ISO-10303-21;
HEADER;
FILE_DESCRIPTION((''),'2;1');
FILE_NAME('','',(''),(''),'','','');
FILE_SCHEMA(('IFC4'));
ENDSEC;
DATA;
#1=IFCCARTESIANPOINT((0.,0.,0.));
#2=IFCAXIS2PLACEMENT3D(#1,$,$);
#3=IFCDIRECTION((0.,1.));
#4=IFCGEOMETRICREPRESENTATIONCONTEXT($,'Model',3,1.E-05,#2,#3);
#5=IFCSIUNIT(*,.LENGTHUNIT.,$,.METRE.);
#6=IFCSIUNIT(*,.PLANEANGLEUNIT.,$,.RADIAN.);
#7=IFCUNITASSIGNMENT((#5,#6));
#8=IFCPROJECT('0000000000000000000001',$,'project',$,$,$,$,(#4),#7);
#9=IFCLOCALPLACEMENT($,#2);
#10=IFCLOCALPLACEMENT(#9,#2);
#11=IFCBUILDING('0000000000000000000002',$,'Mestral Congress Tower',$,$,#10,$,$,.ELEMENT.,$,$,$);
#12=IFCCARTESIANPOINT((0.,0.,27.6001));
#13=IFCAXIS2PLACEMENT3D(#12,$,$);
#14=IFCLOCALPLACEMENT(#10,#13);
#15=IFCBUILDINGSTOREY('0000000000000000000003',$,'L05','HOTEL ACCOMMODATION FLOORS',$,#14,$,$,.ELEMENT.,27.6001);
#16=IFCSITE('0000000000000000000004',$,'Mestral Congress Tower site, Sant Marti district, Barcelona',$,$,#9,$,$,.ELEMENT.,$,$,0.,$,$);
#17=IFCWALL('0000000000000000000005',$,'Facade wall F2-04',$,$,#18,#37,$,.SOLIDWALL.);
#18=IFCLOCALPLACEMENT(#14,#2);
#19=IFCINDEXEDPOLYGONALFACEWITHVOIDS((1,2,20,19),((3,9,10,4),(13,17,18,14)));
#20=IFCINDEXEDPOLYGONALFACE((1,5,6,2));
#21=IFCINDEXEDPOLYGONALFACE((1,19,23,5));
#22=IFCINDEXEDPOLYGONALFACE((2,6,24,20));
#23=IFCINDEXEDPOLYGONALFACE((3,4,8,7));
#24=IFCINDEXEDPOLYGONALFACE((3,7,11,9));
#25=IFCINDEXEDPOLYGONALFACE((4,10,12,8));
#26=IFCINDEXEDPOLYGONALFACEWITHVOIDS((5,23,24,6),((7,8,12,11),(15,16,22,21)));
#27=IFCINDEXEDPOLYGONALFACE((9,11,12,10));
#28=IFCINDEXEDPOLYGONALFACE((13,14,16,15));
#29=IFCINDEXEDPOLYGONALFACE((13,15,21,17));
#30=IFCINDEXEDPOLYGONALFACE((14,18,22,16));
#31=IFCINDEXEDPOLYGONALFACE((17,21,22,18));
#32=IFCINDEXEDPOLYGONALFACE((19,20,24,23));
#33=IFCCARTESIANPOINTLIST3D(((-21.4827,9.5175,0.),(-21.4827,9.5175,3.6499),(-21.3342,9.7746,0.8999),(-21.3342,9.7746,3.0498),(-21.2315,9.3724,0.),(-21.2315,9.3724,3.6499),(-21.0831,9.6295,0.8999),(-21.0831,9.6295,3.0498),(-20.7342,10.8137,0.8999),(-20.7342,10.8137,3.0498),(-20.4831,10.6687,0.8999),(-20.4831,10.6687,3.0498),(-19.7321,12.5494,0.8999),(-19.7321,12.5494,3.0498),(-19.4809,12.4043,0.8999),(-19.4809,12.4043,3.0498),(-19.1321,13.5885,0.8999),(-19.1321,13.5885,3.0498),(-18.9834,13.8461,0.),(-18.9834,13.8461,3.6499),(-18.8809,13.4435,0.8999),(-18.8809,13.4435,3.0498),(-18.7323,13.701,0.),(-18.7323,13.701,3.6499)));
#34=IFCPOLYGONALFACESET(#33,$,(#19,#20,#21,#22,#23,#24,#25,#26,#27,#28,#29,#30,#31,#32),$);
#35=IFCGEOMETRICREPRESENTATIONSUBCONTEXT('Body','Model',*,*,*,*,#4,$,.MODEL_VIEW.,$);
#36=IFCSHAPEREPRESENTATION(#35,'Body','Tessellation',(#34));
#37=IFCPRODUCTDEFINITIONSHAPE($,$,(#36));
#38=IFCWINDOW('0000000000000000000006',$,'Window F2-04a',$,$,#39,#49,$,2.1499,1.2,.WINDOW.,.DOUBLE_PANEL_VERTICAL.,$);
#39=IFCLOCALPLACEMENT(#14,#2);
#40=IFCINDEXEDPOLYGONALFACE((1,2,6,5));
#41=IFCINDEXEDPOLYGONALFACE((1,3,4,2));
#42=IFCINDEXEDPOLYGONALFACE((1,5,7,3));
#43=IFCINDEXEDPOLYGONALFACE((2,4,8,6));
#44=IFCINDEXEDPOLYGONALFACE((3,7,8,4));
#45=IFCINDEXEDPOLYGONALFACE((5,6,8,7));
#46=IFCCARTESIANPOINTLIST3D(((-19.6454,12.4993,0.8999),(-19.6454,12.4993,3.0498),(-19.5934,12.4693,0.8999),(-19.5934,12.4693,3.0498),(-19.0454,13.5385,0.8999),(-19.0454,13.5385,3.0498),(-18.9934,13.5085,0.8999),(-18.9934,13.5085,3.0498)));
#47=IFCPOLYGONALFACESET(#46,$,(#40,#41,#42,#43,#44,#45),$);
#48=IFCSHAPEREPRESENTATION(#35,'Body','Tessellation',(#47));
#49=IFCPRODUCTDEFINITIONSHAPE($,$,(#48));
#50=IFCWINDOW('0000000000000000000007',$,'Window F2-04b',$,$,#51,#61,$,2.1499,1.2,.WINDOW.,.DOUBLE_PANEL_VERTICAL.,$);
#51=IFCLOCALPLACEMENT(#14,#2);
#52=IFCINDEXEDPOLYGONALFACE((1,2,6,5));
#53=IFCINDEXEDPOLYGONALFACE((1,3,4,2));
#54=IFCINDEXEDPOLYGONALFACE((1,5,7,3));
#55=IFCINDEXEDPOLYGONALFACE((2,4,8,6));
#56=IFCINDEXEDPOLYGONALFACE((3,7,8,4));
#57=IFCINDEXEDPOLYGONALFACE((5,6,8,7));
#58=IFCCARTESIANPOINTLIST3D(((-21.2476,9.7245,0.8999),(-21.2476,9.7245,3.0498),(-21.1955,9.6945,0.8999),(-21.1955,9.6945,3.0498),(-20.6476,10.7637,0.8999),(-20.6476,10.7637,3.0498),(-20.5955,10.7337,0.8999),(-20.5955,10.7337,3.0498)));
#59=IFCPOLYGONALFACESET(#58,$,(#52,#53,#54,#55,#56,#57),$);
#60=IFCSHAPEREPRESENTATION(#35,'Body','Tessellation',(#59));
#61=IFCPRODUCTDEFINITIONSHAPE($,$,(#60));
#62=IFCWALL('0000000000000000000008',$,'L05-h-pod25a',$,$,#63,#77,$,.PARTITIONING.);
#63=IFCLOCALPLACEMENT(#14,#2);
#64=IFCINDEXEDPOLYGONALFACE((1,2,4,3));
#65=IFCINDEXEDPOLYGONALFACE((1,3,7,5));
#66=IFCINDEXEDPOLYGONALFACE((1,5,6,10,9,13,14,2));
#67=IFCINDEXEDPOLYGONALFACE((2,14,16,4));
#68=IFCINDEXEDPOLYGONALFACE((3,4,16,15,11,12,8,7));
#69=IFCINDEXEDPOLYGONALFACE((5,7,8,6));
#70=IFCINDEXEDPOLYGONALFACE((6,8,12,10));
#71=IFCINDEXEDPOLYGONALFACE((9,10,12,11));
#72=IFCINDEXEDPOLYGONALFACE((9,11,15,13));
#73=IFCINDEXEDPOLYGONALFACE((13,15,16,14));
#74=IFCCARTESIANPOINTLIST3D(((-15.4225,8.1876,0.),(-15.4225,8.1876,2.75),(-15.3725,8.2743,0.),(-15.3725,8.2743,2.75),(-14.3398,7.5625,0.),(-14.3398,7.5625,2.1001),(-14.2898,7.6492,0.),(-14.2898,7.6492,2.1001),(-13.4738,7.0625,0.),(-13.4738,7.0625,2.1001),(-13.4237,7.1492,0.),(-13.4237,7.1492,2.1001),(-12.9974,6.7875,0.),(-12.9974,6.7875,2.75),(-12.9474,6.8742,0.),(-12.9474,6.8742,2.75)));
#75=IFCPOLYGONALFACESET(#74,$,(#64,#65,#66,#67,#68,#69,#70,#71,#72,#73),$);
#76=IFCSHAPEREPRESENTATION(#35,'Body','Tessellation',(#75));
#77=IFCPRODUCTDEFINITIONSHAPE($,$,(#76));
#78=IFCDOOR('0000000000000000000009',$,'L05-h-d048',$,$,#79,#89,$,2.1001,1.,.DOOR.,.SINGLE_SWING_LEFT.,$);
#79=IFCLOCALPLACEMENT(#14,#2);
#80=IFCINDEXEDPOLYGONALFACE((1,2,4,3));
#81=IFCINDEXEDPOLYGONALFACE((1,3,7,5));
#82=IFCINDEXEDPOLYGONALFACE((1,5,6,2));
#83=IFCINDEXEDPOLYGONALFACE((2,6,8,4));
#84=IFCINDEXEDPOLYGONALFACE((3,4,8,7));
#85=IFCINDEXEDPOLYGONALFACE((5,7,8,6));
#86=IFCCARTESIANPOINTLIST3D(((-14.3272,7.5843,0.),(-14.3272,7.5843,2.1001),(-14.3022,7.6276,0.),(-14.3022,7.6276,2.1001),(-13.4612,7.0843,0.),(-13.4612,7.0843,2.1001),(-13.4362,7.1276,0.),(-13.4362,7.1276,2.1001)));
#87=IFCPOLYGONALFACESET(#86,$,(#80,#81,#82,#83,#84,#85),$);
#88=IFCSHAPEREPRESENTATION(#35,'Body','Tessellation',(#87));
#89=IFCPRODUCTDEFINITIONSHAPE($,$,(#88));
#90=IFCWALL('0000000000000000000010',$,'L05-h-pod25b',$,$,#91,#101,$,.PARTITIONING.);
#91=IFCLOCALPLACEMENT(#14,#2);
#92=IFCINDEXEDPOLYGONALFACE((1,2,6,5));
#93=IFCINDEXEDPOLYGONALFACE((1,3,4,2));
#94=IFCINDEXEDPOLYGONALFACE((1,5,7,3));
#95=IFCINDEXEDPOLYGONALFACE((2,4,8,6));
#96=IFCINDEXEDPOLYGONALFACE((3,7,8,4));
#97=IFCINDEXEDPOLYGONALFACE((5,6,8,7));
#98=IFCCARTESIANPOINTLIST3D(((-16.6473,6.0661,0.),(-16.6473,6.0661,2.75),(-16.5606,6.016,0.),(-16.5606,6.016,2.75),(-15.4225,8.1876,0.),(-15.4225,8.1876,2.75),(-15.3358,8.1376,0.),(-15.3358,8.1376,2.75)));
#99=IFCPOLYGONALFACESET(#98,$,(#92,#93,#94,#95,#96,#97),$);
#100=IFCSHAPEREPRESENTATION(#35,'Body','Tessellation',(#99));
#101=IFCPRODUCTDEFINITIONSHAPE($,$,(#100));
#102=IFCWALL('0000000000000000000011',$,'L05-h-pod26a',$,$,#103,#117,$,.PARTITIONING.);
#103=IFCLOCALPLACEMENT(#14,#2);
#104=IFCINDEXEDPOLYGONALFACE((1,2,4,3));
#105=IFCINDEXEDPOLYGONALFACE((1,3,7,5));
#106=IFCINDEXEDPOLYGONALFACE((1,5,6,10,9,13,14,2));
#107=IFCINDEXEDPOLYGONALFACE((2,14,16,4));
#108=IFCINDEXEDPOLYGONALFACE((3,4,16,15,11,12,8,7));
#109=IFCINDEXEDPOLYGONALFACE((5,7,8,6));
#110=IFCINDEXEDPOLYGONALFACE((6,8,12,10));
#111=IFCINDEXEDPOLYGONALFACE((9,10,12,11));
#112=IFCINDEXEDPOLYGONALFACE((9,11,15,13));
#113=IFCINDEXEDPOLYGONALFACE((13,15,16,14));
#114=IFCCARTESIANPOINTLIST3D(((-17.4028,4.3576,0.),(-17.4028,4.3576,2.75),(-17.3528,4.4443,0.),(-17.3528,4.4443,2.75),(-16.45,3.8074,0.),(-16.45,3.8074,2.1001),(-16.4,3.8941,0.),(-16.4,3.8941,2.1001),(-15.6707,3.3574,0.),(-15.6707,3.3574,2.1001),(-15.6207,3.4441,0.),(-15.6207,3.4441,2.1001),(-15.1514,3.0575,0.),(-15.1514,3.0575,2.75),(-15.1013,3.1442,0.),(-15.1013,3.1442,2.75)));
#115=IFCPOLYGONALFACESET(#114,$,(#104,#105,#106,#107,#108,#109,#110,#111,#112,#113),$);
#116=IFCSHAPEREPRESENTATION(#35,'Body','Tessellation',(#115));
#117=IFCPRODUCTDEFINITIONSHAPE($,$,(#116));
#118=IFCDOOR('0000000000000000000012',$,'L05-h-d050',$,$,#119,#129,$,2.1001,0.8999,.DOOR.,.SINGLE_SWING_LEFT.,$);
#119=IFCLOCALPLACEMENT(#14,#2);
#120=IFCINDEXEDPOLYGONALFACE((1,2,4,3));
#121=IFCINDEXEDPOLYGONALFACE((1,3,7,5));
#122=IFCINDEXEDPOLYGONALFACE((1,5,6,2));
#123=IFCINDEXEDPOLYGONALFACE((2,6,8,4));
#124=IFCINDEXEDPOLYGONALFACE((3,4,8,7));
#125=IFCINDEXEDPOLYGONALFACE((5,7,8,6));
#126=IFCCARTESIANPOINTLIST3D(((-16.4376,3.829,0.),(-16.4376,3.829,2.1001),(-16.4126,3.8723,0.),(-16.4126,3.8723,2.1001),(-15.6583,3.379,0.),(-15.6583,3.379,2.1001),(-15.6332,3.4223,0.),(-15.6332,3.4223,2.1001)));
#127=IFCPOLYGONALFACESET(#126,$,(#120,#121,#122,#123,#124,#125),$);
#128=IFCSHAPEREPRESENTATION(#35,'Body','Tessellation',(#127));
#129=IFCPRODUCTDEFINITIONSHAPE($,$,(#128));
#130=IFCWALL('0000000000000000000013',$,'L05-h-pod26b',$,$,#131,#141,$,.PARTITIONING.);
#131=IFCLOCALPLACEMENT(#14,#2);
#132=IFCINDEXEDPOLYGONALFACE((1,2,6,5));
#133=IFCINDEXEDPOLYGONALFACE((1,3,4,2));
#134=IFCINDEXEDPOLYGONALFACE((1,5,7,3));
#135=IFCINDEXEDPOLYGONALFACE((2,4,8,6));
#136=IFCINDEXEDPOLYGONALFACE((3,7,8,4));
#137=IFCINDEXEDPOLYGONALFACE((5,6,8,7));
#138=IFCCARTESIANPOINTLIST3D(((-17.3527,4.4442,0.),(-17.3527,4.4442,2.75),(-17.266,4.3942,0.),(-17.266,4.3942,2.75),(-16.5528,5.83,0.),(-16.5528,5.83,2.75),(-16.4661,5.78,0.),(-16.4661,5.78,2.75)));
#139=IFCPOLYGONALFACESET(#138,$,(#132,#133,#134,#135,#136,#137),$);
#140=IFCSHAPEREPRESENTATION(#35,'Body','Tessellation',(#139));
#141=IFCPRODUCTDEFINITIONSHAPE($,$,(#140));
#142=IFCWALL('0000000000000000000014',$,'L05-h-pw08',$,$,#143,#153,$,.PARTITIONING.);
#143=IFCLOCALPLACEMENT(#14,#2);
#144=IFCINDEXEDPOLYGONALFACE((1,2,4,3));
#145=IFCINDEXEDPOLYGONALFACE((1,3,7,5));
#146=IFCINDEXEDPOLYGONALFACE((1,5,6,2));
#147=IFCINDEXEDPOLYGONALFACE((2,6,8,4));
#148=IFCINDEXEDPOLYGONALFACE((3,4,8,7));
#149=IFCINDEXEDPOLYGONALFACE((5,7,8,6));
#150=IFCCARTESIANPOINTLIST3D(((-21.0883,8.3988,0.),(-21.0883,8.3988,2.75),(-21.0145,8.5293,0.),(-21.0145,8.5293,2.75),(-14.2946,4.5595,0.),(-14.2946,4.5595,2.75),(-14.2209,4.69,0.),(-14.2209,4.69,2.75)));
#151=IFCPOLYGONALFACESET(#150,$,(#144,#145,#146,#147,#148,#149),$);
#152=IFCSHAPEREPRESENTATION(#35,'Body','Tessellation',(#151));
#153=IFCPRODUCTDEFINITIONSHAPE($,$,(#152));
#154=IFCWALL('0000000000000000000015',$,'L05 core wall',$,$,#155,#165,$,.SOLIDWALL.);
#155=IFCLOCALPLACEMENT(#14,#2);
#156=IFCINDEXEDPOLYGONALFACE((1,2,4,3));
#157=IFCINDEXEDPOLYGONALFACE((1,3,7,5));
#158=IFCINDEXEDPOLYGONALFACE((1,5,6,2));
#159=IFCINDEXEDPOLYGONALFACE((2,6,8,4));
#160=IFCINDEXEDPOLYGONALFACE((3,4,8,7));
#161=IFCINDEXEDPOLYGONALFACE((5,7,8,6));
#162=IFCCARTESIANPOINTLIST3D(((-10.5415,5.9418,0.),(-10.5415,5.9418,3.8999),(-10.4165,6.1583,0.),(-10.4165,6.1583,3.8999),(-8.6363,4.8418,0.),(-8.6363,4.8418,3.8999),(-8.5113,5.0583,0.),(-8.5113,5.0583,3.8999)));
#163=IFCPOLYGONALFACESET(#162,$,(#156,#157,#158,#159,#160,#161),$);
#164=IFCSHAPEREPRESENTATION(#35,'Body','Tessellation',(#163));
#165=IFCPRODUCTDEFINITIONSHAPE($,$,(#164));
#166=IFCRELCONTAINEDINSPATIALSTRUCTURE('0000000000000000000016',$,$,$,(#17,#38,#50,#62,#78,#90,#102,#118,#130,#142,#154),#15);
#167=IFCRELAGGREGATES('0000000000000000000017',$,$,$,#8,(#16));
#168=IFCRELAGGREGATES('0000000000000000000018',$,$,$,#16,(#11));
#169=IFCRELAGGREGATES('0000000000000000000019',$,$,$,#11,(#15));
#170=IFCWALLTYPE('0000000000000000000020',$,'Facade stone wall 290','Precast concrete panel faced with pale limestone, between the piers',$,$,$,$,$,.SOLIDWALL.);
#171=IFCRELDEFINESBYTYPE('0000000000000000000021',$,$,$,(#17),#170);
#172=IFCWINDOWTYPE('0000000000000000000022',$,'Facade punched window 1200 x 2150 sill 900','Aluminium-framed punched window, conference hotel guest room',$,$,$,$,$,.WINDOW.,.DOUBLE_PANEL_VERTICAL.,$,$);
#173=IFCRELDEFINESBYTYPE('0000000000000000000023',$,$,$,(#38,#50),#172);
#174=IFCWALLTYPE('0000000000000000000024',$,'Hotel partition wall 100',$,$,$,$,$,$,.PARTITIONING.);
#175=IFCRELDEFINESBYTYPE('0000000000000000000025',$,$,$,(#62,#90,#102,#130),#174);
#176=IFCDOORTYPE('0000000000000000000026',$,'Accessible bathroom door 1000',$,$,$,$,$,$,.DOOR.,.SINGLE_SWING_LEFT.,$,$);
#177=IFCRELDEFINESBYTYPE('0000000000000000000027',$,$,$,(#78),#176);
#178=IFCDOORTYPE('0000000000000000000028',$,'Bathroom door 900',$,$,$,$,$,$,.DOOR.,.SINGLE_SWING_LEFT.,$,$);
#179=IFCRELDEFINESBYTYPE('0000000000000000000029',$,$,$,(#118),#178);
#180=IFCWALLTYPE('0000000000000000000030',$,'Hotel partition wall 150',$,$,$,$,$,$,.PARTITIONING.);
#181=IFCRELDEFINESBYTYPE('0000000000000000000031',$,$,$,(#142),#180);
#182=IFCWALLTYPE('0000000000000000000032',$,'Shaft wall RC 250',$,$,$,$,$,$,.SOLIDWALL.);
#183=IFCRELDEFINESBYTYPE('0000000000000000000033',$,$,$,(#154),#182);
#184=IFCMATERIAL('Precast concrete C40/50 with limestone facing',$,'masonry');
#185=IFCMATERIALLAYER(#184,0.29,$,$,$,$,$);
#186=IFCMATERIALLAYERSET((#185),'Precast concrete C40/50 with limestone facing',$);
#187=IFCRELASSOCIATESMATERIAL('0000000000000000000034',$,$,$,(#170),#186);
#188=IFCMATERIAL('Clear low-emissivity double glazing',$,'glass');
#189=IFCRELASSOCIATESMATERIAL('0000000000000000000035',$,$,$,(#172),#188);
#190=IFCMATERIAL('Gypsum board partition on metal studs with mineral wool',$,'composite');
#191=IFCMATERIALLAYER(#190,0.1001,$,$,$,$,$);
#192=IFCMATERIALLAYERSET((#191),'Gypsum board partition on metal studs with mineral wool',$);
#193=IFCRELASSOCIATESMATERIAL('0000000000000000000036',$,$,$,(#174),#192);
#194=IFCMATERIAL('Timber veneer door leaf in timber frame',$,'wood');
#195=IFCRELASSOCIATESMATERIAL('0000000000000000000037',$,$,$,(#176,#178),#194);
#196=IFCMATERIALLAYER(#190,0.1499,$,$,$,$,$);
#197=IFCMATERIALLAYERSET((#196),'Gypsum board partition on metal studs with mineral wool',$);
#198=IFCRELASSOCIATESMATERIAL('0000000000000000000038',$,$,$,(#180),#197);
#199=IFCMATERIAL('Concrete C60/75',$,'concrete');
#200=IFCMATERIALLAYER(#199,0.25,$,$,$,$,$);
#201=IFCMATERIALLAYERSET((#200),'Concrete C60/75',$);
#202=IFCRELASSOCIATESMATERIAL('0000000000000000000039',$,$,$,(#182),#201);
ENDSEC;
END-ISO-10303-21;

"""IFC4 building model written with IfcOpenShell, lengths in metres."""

from ifc_helpers import new_model, si_unit, direction, frame, frame_2d, origin, place, context, subcontext, project, spatial, rectangle, extrude, material, layer, layer_set, type_object, element, fill, save


model = new_model("IFC4")

# Units and contexts
model_context = context("Model", 3, precision=1e-05, world=origin(), true_north=direction((0.0, 1.0)))
body_context = subcontext(model_context, "Body", "Model", "MODEL_VIEW")
ifc_project = project(units=[si_unit("LENGTHUNIT", "METRE"), si_unit("PLANEANGLEUNIT", "RADIAN")], contexts=[model_context])

# Site, building, storey
site_placement = place(None, origin())
site = spatial("IfcSite", under=ifc_project, at=site_placement, Name="Mestral Congress Tower site, Sant Marti district, Barcelona", CompositionType="ELEMENT", RefElevation=0.0)
building_placement = place(site_placement, origin())
building = spatial("IfcBuilding", under=site, at=building_placement, Name="Mestral Congress Tower", CompositionType="ELEMENT")
storey_placement = place(building_placement, frame((0.0, 0.0, 27.6001)))
storey = spatial("IfcBuildingStorey", under=building, at=storey_placement, Name="L05", Description="HOTEL ACCOMMODATION FLOORS", CompositionType="ELEMENT", Elevation=27.6001)

# Shared definitions
ifc_material_1 = material(Name="Concrete C60/75", Category="concrete")

# Wall, openings, windows
ifc_material_2 = material(Name="Precast concrete C40/50 with limestone facing", Category="masonry")
ifc_layer_1 = layer(ifc_material_2, 0.29)
ifc_layer_set_1 = layer_set([ifc_layer_1], Name="Precast concrete C40/50 with limestone facing")
wall_type_1 = type_object("IfcWallType", Name="Facade stone wall 290", Description="Precast concrete panel faced with pale limestone, between the piers", PredefinedType="SOLIDWALL", material=ifc_layer_set_1)
wall_1_placement = place(storey_placement, frame((-18.8579, 13.7734, 0.0), z_axis=(0.0, 0.0, 1.0), x_axis=(-0.500021, -0.866013, 0.0)))
wall_1 = element("IfcWall", 1, at=wall_1_placement, inside=storey, type_object=wall_type_1, Name="Facade wall F2-04", PredefinedType="SOLIDWALL", context=body_context, shape_type="SweptSolid", body=[
    extrude(rectangle(XDim=4.9983, YDim=0.29, at=frame_2d((2.499, 0.0))), origin(), (0.0, 0.0, 1.0), 3.6499),
])
opening_1_placement = place(wall_1_placement, frame((0.2971, 0.0, 0.8999)))
opening_1 = element("IfcOpeningElement", 2, at=opening_1_placement, cuts=wall_1, PredefinedType="OPENING", context=body_context, shape_type="SweptSolid", body=[
    extrude(rectangle(XDim=1.2, YDim=2.1499, at=frame_2d((0.6001, 1.075))), frame((0.0, 0.155, 0.0), z_axis=(0.0, -1.0, 0.0), x_axis=(1.0, 0.0, 0.0)), (0.0, 0.0, 1.0), 0.3101),
])
opening_2_placement = place(wall_1_placement, frame((3.5012, 0.0, 0.8999)))
opening_2 = element("IfcOpeningElement", 3, at=opening_2_placement, cuts=wall_1, PredefinedType="OPENING", context=body_context, shape_type="SweptSolid", body=[
    extrude(rectangle(XDim=1.2, YDim=2.1499, at=frame_2d((0.6001, 1.075))), frame((0.0, 0.155, 0.0), z_axis=(0.0, -1.0, 0.0), x_axis=(1.0, 0.0, 0.0)), (0.0, 0.0, 1.0), 0.3101),
])
ifc_material_3 = material(Name="Clear low-emissivity double glazing", Category="glass")
window_type = type_object("IfcWindowType", Name="Facade punched window 1200 x 2150 sill 900", Description="Aluminium-framed punched window, conference hotel guest room", PartitioningType="DOUBLE_PANEL_VERTICAL", PredefinedType="WINDOW", material=ifc_material_3)
window_1_placement = place(opening_1_placement, origin())
window_1 = element("IfcWindow", 4, at=window_1_placement, inside=storey, type_object=window_type, Name="Window F2-04a", OverallHeight=2.1499, OverallWidth=1.2, PartitioningType="DOUBLE_PANEL_VERTICAL", PredefinedType="WINDOW", context=body_context, shape_type="SweptSolid", body=[
    extrude(rectangle(XDim=1.2, YDim=2.1499, at=frame_2d((0.6001, 1.075))), frame((0.0, 0.0151, 0.0), z_axis=(0.0, -1.0, 0.0), x_axis=(1.0, 0.0, 0.0)), (0.0, 0.0, 1.0), 0.0601),
])
fill(opening_1, window_1)
window_2_placement = place(opening_2_placement, origin())
window_2 = element("IfcWindow", 5, at=window_2_placement, inside=storey, type_object=window_type, Name="Window F2-04b", OverallHeight=2.1499, OverallWidth=1.2, PartitioningType="DOUBLE_PANEL_VERTICAL", PredefinedType="WINDOW", context=body_context, shape_type="SweptSolid", body=[
    extrude(rectangle(XDim=1.2, YDim=2.1499, at=frame_2d((0.6001, 1.075))), frame((0.0, 0.0151, 0.0), z_axis=(0.0, -1.0, 0.0), x_axis=(1.0, 0.0, 0.0)), (0.0, 0.0, 1.0), 0.0601),
])
fill(opening_2, window_2)

# Wall, opening, door
ifc_material_4 = material(Name="Gypsum board partition on metal studs with mineral wool", Category="composite")
ifc_layer_2 = layer(ifc_material_4, 0.1001)
ifc_layer_set_2 = layer_set([ifc_layer_2], Name="Gypsum board partition on metal studs with mineral wool")
wall_type_2 = type_object("IfcWallType", Name="Hotel partition wall 100", PredefinedType="PARTITIONING", material=ifc_layer_set_2)
wall_2_placement = place(storey_placement, frame((-12.9724, 6.8308, 0.0), z_axis=(0.0, 0.0, 1.0), x_axis=(-0.866019, 0.500012, 0.0)))
wall_2 = element("IfcWall", 6, at=wall_2_placement, inside=storey, type_object=wall_type_2, Name="L05-h-pod25a", PredefinedType="PARTITIONING", context=body_context, shape_type="SweptSolid", body=[
    extrude(rectangle(XDim=2.8003, YDim=0.1001, at=frame_2d((1.4001, 0.0))), origin(), (0.0, 0.0, 1.0), 2.75),
])
opening_3_placement = place(wall_2_placement, frame((0.55, 0.0, 0.0)))
opening_3 = element("IfcOpeningElement", 7, at=opening_3_placement, cuts=wall_2, PredefinedType="OPENING", context=body_context, shape_type="SweptSolid", body=[
    extrude(rectangle(XDim=1.0, YDim=2.1001, at=frame_2d((0.5, 1.05))), frame((0.0, 0.0601, 0.0), z_axis=(0.0, -1.0, 0.0), x_axis=(1.0, 0.0, 0.0)), (0.0, 0.0, 1.0), 0.1201),
])
ifc_material_5 = material(Name="Timber veneer door leaf in timber frame", Category="wood")
door_type_1 = type_object("IfcDoorType", Name="Accessible bathroom door 1000", OperationType="SINGLE_SWING_LEFT", PredefinedType="DOOR", material=ifc_material_5)
door_1_placement = place(opening_3_placement, origin())
door_1 = element("IfcDoor", 8, at=door_1_placement, inside=storey, type_object=door_type_1, Name="L05-h-d048", OperationType="SINGLE_SWING_LEFT", OverallHeight=2.1001, OverallWidth=1.0, PredefinedType="DOOR", context=body_context, shape_type="SweptSolid", body=[
    extrude(rectangle(XDim=1.0, YDim=2.1001, at=frame_2d((0.5, 1.05))), frame((0.0, 0.0249, 0.0), z_axis=(0.0, -1.0, 0.0), x_axis=(1.0, 0.0, 0.0)), (0.0, 0.0, 1.0), 0.05),
])
fill(opening_3, door_1)

# Wall
wall_3_placement = place(storey_placement, frame((-15.3792, 8.1626, 0.0), z_axis=(0.0, 0.0, 1.0), x_axis=(-0.499987, -0.866033, 0.0)))
element("IfcWall", 9, at=wall_3_placement, inside=storey, type_object=wall_type_2, Name="L05-h-pod25b", PredefinedType="PARTITIONING", context=body_context, shape_type="SweptSolid", body=[
    extrude(rectangle(XDim=2.4497, YDim=0.1001, at=frame_2d((1.2249, 0.0))), origin(), (0.0, 0.0, 1.0), 2.75),
])

# Wall, opening, door
wall_4_placement = place(storey_placement, frame((-17.3777, 4.4009, 0.0), z_axis=(0.0, 0.0, 1.0), x_axis=(0.865998, -0.500048, 0.0)))
wall_4 = element("IfcWall", 10, at=wall_4_placement, inside=storey, type_object=wall_type_2, Name="L05-h-pod26a", PredefinedType="PARTITIONING", context=body_context, shape_type="SweptSolid", body=[
    extrude(rectangle(XDim=2.5999, YDim=0.1001, at=frame_2d((1.2998, 0.0))), origin(), (0.0, 0.0, 1.0), 2.75),
])
opening_4_placement = place(wall_4_placement, frame((1.1001, 0.0, 0.0)))
opening_4 = element("IfcOpeningElement", 11, at=opening_4_placement, cuts=wall_4, PredefinedType="OPENING", context=body_context, shape_type="SweptSolid", body=[
    extrude(rectangle(XDim=0.8999, YDim=2.1001, at=frame_2d((0.45, 1.05))), frame((0.0, 0.0601, 0.0), z_axis=(0.0, -1.0, 0.0), x_axis=(1.0, 0.0, 0.0)), (0.0, 0.0, 1.0), 0.1201),
])
door_type_2 = type_object("IfcDoorType", Name="Bathroom door 900", OperationType="SINGLE_SWING_LEFT", PredefinedType="DOOR", material=ifc_material_5)
door_2_placement = place(opening_4_placement, origin())
door_2 = element("IfcDoor", 12, at=door_2_placement, inside=storey, type_object=door_type_2, Name="L05-h-d050", OperationType="SINGLE_SWING_LEFT", OverallHeight=2.1001, OverallWidth=0.8999, PredefinedType="DOOR", context=body_context, shape_type="SweptSolid", body=[
    extrude(rectangle(XDim=0.8999, YDim=2.1001, at=frame_2d((0.45, 1.05))), frame((0.0, 0.0249, 0.0), z_axis=(0.0, -1.0, 0.0), x_axis=(1.0, 0.0, 0.0)), (0.0, 0.0, 1.0), 0.05),
])
fill(opening_4, door_2)

# Walls
wall_5_placement = place(storey_placement, frame((-17.3093, 4.4192, 0.0), z_axis=(0.0, 0.0, 1.0), x_axis=(0.499881, 0.866094, 0.0)))
element("IfcWall", 13, at=wall_5_placement, inside=storey, type_object=wall_type_2, Name="L05-h-pod26b", PredefinedType="PARTITIONING", context=body_context, shape_type="SweptSolid", body=[
    extrude(rectangle(XDim=1.6001, YDim=0.1001, at=frame_2d((0.8, 0.0))), origin(), (0.0, 0.0, 1.0), 2.75),
])
ifc_layer_3 = layer(ifc_material_4, 0.1499)
ifc_layer_set_3 = layer_set([ifc_layer_3], Name="Gypsum board partition on metal studs with mineral wool")
wall_type_3 = type_object("IfcWallType", Name="Hotel partition wall 150", PredefinedType="PARTITIONING", material=ifc_layer_set_3)
wall_6_placement = place(storey_placement, frame((-21.0515, 8.4641, 0.0), z_axis=(0.0, 0.0, 1.0), x_axis=(0.870594, -0.492003, 0.0)))
element("IfcWall", 14, at=wall_6_placement, inside=storey, type_object=wall_type_3, Name="L05-h-pw08", PredefinedType="PARTITIONING", context=body_context, shape_type="SweptSolid", body=[
    extrude(rectangle(XDim=7.8035, YDim=0.1499, at=frame_2d((3.9019, 0.0))), origin(), (0.0, 0.0, 1.0), 2.75),
])
ifc_layer_4 = layer(ifc_material_1, 0.25)
ifc_layer_set_4 = layer_set([ifc_layer_4], Name="Concrete C60/75")
wall_type_4 = type_object("IfcWallType", Name="Shaft wall RC 250", PredefinedType="SOLIDWALL", material=ifc_layer_set_4)
wall_7_placement = place(storey_placement, frame((-8.5737, 4.95, 0.0), z_axis=(0.0, 0.0, 1.0), x_axis=(-0.866008, 0.50003, 0.0)))
element("IfcWall", 15, at=wall_7_placement, inside=storey, type_object=wall_type_4, Name="L05 core wall", PredefinedType="SOLIDWALL", context=body_context, shape_type="SweptSolid", body=[
    extrude(rectangle(XDim=2.2, YDim=0.25, at=frame_2d((1.1001, 0.0))), origin(), (0.0, 0.0, 1.0), 3.8999),
])

save(model, "model.ifc")
